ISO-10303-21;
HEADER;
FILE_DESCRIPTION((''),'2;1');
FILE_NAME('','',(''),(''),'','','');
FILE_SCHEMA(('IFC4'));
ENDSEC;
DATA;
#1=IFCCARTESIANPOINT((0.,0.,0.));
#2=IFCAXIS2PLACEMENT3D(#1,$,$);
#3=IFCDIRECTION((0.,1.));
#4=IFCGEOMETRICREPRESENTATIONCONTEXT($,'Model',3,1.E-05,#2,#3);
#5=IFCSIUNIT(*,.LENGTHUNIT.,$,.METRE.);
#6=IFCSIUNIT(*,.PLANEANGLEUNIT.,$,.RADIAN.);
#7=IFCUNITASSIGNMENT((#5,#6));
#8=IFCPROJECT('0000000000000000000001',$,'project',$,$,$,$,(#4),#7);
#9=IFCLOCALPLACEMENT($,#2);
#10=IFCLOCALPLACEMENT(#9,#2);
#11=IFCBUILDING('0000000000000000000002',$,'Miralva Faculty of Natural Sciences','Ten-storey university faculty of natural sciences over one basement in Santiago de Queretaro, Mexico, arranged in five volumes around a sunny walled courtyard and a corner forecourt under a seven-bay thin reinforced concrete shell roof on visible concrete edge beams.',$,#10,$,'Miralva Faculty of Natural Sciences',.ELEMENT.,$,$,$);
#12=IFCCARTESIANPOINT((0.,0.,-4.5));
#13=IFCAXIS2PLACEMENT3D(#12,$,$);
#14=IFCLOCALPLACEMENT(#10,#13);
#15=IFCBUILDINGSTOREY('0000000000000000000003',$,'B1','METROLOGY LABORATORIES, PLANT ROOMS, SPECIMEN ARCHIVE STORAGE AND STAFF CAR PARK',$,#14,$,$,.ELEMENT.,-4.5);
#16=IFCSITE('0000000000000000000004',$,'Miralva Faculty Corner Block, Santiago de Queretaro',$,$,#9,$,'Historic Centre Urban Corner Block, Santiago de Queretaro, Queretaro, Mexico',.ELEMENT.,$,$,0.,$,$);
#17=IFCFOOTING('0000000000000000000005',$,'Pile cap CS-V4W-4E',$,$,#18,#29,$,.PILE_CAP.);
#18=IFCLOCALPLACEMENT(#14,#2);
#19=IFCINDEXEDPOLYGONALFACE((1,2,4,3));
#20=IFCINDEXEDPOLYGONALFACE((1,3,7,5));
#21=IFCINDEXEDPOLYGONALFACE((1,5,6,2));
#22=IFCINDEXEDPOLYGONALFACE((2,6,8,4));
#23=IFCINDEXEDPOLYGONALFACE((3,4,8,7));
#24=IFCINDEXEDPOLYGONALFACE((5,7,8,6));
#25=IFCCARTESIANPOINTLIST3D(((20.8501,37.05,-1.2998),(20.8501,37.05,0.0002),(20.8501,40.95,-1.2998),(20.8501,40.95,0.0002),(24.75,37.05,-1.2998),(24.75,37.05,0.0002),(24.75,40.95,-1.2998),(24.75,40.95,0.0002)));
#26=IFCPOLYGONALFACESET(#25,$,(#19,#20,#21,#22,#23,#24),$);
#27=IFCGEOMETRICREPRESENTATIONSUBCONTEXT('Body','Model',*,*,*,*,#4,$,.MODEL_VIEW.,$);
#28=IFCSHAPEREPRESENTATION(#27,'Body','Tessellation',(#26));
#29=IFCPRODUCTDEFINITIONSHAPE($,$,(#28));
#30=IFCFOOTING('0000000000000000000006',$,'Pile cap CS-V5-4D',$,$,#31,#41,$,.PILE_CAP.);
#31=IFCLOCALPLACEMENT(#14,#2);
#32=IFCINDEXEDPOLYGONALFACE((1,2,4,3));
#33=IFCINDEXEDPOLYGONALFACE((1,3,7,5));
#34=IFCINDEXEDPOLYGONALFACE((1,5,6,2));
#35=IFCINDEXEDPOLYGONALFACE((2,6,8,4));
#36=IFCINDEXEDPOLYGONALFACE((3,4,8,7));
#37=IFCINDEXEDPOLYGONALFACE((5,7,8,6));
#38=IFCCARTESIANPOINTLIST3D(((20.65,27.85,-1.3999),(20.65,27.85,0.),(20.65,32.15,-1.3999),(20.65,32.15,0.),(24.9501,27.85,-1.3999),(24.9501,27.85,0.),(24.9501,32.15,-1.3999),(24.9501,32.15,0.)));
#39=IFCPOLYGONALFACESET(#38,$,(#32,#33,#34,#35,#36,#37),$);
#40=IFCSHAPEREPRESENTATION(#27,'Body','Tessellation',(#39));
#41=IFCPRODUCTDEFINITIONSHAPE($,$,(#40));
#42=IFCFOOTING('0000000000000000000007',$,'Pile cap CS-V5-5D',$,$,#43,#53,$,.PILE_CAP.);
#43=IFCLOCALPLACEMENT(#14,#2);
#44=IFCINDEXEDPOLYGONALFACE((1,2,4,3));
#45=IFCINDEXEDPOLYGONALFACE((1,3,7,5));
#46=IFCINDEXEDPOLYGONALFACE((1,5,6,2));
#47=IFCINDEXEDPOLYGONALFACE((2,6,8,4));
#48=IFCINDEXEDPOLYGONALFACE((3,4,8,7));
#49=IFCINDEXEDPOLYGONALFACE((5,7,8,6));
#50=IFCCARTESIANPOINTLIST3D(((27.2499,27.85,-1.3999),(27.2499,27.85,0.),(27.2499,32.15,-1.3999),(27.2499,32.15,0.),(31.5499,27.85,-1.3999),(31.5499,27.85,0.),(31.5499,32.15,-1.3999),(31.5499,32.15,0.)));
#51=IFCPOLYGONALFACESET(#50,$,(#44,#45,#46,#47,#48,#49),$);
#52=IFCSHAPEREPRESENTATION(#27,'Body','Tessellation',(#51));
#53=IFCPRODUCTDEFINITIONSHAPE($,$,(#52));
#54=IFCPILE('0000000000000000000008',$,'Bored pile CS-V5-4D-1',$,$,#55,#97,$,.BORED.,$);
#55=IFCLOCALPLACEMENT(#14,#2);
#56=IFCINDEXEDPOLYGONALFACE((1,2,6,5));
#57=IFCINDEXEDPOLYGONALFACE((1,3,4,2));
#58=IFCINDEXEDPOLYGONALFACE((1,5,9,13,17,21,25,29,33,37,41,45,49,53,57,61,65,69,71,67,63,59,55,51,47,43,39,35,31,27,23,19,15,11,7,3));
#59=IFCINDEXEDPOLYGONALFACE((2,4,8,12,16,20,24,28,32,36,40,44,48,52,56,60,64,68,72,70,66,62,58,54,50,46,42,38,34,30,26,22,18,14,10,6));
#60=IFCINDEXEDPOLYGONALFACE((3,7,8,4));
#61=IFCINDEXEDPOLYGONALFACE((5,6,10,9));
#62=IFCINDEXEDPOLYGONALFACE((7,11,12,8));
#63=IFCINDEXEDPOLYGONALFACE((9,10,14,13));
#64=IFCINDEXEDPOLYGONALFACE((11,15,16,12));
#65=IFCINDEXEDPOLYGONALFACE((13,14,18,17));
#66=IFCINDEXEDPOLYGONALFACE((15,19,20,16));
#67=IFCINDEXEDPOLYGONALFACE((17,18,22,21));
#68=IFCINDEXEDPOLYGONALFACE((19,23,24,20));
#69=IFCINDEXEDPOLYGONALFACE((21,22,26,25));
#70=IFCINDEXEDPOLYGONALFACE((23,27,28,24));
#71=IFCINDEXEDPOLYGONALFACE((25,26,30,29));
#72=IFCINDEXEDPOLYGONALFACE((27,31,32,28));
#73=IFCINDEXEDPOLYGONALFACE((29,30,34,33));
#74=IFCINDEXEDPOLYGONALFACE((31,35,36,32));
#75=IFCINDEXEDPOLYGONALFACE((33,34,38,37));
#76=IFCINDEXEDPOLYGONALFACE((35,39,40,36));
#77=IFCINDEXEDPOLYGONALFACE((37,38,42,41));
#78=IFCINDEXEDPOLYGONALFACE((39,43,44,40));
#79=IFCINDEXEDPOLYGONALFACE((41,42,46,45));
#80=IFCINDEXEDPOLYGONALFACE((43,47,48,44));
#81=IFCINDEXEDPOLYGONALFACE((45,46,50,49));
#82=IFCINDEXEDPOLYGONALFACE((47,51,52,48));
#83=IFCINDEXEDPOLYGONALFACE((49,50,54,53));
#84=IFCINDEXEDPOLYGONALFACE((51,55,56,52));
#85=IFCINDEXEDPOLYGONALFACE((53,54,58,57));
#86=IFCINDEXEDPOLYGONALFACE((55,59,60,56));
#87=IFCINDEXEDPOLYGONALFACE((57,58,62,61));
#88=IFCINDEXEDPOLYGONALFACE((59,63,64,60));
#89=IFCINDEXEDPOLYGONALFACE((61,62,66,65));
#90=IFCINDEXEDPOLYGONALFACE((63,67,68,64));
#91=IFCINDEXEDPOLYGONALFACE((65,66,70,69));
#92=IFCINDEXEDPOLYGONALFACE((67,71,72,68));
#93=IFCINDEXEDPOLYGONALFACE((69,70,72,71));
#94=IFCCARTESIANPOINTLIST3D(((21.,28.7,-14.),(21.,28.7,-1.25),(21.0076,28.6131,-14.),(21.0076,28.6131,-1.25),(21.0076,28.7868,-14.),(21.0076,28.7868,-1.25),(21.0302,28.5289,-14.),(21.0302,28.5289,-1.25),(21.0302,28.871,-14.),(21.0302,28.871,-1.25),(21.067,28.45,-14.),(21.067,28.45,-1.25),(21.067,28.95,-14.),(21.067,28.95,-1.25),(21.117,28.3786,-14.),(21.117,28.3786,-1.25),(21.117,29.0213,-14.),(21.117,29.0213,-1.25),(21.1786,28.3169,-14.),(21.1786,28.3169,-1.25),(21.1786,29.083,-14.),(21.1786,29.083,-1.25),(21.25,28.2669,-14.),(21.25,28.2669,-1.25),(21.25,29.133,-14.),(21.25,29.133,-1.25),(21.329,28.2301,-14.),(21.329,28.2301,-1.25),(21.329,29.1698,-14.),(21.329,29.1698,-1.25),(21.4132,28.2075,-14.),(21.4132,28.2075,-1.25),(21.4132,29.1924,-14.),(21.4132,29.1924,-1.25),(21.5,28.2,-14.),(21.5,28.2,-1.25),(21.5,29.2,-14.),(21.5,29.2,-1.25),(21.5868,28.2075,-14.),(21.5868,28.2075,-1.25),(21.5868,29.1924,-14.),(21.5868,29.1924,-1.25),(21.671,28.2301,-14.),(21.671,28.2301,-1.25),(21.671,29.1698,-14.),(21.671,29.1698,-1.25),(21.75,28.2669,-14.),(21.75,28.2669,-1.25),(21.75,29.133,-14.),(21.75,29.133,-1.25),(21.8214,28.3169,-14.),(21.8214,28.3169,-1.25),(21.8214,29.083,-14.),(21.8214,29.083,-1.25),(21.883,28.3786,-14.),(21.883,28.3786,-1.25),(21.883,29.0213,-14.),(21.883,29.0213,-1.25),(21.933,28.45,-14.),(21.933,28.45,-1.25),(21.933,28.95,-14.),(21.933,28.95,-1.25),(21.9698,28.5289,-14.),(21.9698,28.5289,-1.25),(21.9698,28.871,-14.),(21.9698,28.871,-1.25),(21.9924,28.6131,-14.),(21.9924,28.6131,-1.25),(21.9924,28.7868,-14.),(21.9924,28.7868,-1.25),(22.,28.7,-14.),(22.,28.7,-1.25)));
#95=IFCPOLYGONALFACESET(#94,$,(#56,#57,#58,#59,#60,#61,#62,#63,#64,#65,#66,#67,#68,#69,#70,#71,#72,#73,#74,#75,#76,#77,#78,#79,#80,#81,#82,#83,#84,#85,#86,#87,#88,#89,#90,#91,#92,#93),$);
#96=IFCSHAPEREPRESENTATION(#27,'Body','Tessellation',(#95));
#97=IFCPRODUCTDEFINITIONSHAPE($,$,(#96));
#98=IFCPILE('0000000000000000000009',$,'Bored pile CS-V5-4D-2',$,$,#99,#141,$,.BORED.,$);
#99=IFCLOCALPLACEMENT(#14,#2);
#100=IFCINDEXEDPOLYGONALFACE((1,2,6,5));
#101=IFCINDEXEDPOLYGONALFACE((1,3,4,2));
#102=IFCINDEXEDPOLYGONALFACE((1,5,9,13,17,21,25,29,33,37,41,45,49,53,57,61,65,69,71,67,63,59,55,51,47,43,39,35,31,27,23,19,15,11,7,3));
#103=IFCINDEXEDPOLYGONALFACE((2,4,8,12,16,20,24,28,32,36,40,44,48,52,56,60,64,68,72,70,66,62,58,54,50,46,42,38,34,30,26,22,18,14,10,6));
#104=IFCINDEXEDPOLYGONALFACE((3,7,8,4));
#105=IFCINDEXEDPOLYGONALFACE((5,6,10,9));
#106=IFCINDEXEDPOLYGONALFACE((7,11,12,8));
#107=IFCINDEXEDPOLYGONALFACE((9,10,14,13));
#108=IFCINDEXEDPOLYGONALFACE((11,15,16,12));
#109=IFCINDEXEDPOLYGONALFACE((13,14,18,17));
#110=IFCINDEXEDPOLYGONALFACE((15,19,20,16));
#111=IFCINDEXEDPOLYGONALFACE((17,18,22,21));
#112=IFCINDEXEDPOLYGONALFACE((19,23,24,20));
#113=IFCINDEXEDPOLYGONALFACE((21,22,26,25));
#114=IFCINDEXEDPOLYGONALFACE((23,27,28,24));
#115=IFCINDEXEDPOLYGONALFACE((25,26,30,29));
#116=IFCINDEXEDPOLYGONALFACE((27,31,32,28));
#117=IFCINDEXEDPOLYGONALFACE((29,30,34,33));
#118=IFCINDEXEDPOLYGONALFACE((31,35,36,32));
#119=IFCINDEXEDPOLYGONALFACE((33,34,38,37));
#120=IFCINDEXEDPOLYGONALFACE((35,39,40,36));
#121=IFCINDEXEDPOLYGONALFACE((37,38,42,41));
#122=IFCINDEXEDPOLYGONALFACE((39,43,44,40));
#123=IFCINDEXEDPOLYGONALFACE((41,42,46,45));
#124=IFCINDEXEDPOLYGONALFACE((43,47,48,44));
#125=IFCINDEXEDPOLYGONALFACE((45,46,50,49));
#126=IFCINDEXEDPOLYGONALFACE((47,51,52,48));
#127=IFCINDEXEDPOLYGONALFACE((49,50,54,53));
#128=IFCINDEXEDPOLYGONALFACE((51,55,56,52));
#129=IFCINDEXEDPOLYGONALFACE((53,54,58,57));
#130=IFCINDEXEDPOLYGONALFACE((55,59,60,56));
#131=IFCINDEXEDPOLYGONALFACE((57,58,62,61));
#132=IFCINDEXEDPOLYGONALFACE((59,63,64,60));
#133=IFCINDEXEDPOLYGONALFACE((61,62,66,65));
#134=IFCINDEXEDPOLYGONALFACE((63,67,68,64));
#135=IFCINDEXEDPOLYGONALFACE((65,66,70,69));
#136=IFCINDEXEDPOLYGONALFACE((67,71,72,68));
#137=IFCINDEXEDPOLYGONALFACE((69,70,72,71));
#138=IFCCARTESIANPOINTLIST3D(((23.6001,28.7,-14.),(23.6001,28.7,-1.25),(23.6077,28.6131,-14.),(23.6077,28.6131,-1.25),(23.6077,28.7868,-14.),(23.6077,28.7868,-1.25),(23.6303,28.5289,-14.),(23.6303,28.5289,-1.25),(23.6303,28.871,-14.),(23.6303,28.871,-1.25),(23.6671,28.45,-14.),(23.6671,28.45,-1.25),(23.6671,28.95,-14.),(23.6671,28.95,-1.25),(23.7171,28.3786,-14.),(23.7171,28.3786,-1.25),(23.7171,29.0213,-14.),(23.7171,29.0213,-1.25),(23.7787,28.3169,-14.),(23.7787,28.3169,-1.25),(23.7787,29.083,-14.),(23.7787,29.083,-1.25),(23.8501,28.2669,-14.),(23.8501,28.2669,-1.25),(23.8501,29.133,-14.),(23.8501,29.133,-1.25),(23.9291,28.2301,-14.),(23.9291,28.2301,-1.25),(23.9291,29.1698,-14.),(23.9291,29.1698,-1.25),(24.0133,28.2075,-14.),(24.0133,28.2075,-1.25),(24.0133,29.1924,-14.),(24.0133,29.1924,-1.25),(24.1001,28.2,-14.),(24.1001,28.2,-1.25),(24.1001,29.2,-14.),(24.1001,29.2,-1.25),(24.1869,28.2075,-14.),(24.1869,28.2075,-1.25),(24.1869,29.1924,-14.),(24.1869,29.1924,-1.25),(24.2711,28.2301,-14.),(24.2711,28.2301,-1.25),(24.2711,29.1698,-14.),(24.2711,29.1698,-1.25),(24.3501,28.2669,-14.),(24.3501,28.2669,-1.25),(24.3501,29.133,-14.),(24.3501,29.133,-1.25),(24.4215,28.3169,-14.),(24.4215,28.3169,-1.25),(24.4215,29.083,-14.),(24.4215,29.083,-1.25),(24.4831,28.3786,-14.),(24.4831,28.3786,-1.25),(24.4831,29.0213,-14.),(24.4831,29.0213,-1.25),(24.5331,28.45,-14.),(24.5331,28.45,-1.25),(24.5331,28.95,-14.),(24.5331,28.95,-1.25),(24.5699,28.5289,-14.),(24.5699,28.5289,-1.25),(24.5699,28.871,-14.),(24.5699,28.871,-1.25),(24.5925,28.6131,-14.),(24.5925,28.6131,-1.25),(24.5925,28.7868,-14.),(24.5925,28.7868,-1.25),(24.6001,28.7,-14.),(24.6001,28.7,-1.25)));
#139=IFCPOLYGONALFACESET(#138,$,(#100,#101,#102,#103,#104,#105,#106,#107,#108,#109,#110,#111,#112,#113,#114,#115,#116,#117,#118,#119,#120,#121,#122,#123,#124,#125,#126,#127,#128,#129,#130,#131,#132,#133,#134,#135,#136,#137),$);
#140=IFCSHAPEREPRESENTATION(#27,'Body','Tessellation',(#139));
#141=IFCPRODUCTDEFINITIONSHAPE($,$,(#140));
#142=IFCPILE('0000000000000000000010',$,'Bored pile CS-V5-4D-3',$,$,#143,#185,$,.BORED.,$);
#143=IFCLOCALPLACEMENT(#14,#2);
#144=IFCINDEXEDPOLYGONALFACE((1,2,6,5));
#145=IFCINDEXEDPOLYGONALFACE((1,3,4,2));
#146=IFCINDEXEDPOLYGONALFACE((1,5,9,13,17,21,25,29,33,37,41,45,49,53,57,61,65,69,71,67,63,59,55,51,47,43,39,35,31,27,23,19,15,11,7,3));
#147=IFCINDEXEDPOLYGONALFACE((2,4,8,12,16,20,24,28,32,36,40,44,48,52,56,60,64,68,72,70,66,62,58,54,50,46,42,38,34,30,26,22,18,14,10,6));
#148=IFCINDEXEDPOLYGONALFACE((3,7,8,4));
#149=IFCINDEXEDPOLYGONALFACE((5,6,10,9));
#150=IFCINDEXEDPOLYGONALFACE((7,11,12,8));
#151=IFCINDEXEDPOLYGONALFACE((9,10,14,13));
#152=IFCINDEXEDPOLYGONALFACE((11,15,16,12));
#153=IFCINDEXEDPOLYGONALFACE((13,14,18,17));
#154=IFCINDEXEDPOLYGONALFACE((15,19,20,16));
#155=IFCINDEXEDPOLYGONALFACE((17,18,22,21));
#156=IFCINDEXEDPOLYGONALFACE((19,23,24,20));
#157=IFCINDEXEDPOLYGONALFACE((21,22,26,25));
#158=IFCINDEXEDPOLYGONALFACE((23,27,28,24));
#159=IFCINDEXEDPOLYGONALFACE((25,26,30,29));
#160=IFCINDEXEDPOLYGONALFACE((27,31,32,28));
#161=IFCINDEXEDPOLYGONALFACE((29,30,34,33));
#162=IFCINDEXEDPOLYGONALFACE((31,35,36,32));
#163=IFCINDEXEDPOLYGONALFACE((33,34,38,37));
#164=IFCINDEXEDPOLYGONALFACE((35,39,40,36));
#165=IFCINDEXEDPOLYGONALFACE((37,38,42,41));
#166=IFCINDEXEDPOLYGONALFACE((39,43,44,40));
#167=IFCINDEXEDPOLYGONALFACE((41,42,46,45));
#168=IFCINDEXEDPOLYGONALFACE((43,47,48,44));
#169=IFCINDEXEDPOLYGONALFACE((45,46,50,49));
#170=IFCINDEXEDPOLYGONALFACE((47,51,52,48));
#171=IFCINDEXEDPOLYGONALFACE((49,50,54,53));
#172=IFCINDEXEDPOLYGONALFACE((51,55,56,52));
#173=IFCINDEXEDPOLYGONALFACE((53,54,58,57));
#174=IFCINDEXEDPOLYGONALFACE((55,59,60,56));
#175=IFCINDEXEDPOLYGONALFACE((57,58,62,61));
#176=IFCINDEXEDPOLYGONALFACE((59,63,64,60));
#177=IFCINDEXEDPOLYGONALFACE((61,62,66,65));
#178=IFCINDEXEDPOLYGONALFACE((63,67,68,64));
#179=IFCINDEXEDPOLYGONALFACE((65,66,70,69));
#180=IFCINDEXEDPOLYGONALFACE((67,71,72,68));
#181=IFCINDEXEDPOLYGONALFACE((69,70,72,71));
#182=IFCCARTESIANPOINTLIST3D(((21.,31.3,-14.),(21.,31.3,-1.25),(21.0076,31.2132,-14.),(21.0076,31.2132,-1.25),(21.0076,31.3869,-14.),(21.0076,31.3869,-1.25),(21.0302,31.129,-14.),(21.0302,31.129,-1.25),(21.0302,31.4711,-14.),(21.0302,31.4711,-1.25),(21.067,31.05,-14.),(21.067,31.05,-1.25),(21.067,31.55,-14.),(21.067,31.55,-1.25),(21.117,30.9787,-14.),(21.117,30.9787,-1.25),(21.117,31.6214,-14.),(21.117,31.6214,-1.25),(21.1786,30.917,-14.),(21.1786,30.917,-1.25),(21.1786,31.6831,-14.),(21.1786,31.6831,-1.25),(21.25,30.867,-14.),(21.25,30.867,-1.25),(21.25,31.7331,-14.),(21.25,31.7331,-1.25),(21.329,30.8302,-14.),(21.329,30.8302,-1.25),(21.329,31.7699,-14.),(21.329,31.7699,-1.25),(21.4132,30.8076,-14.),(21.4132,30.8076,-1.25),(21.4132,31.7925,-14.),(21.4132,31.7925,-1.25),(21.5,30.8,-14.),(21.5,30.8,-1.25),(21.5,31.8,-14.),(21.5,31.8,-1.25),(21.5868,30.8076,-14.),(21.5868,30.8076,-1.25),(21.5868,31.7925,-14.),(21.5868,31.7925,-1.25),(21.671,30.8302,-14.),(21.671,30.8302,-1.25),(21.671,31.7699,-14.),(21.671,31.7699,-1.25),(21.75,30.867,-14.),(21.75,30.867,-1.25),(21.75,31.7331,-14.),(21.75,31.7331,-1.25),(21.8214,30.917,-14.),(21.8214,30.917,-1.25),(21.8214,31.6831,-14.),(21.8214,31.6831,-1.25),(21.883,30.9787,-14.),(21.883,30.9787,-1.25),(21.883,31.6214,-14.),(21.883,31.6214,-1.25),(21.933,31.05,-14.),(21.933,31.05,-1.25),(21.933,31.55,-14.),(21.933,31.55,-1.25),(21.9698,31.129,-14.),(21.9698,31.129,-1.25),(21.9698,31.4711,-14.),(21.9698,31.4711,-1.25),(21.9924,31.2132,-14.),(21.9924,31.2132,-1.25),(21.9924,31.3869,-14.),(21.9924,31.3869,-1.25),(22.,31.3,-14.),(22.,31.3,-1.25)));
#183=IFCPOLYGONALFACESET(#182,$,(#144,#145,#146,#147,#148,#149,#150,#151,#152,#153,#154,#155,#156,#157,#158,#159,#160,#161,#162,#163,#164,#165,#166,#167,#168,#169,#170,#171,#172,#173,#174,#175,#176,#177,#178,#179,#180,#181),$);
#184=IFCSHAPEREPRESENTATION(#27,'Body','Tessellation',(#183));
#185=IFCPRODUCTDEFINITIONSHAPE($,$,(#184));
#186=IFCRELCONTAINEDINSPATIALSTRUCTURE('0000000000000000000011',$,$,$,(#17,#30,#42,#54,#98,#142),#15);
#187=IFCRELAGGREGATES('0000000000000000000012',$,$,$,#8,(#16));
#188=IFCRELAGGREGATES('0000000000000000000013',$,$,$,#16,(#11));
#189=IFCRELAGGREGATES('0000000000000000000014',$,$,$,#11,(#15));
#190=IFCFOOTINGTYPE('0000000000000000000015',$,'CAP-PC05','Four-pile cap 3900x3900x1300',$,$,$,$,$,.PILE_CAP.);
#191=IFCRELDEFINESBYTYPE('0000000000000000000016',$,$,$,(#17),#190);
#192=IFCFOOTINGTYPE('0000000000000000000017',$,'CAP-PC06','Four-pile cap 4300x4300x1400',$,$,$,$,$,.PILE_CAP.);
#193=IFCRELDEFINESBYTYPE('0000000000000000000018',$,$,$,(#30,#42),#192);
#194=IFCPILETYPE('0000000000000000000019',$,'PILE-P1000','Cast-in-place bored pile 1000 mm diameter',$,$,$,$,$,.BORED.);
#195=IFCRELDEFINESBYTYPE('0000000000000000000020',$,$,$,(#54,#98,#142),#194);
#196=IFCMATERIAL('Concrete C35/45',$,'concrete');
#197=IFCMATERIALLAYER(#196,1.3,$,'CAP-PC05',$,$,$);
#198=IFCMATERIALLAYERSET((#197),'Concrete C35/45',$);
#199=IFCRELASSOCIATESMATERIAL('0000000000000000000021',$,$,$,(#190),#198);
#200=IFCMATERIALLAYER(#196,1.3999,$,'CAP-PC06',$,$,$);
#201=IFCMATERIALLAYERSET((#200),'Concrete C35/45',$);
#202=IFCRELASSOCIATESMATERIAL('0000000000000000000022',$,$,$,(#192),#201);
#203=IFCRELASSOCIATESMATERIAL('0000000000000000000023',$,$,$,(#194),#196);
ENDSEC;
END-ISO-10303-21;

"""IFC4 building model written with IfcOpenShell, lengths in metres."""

from ifc_helpers import new_model, si_unit, direction, frame, origin, origin_2d, place, context, subcontext, project, spatial, rectangle, circle, extrude, material, layer, layer_set, material_profile, profile_set, type_object, element, save


model = new_model("IFC4")

# Units and contexts
model_context = context("Model", 3, precision=1e-05, world=origin(), true_north=direction((0.0, 1.0)))
body_context = subcontext(model_context, "Body", "Model", "MODEL_VIEW")
ifc_project = project(units=[si_unit("LENGTHUNIT", "METRE"), si_unit("PLANEANGLEUNIT", "RADIAN")], contexts=[model_context])

# Site, building, storey
site_placement = place(None, origin())
site = spatial("IfcSite", under=ifc_project, at=site_placement, Name="Miralva Faculty Corner Block, Santiago de Queretaro", LongName="Historic Centre Urban Corner Block, Santiago de Queretaro, Queretaro, Mexico", CompositionType="ELEMENT", RefElevation=0.0)
building_placement = place(site_placement, origin())
building = spatial("IfcBuilding", under=site, at=building_placement, Name="Miralva Faculty of Natural Sciences", Description="Ten-storey university faculty of natural sciences over one basement in Santiago de Queretaro, Mexico, arranged in five volumes around a sunny walled courtyard and a corner forecourt under a seven-bay thin reinforced concrete shell roof on visible concrete edge beams.", LongName="Miralva Faculty of Natural Sciences", CompositionType="ELEMENT")
storey_placement = place(building_placement, frame((0.0, 0.0, -4.5)))
storey = spatial("IfcBuildingStorey", under=building, at=storey_placement, Name="B1", Description="METROLOGY LABORATORIES, PLANT ROOMS, SPECIMEN ARCHIVE STORAGE AND STAFF CAR PARK", CompositionType="ELEMENT", Elevation=-4.5)

# Footings
ifc_material_1 = material(Name="Concrete C35/45", Category="concrete")
ifc_layer_1 = layer(ifc_material_1, 1.3, Name="CAP-PC05")
ifc_layer_set_1 = layer_set([ifc_layer_1], Name="Concrete C35/45")
footing_type_1 = type_object("IfcFootingType", Name="CAP-PC05", Description="Four-pile cap 3900x3900x1300", PredefinedType="PILE_CAP", material=ifc_layer_set_1)
footing_1_placement = place(storey_placement, frame((22.8, 39.0, -1.2998), z_axis=(0.0, 0.0, 1.0), x_axis=(1.0, 0.0, 0.0)))
element("IfcFooting", 1, at=footing_1_placement, inside=storey, type_object=footing_type_1, Name="Pile cap CS-V4W-4E", PredefinedType="PILE_CAP", context=body_context, shape_type="SweptSolid", body=[
    extrude(rectangle(XDim=3.8999, YDim=3.8999, at=origin_2d()), origin(), (0.0, 0.0, 1.0), 1.3),
])
ifc_layer_2 = layer(ifc_material_1, 1.3999, Name="CAP-PC06")
ifc_layer_set_2 = layer_set([ifc_layer_2], Name="Concrete C35/45")
footing_type_2 = type_object("IfcFootingType", Name="CAP-PC06", Description="Four-pile cap 4300x4300x1400", PredefinedType="PILE_CAP", material=ifc_layer_set_2)
for number, where, z_axis, x_axis, name in (
    (2, (22.8, 30.0, -1.3999), (0.0, 0.0, 1.0), (1.0, 0.0, 0.0), "Pile cap CS-V5-4D"),
    (3, (29.3999, 30.0, -1.3999), (0.0, 0.0, 1.0), (1.0, 0.0, 0.0), "Pile cap CS-V5-5D"),
):
    element("IfcFooting", number, at=place(storey_placement, frame(where, z_axis=z_axis, x_axis=x_axis)), inside=storey, type_object=footing_type_2, Name=name, PredefinedType="PILE_CAP", context=body_context, shape_type="SweptSolid", body=[
        extrude(rectangle(XDim=4.3, YDim=4.3, at=origin_2d()), origin(), (0.0, 0.0, 1.0), 1.3999),
    ])

# Piles
ifc_material_profile_1 = material_profile(ifc_material_1, circle(Radius=0.5, at=origin_2d()), Name="BORED PILE 1000")
ifc_profile_set_1 = profile_set([ifc_material_profile_1], Name="Concrete C35/45")
pile_type_1 = type_object("IfcPileType", Name="PILE-P1000", Description="Cast-in-place bored pile 1000 mm diameter", PredefinedType="BORED", material=ifc_profile_set_1)
for number, where, z_axis, x_axis, name in (
    (4, (21.5, 28.7, -1.25), (0.0, 0.0, -1.0), (1.0, 0.0, 0.0), "Bored pile CS-V5-4D-1"),
    (5, (24.1001, 28.7, -1.25), (0.0, 0.0, -1.0), (1.0, 0.0, 0.0), "Bored pile CS-V5-4D-2"),
    (6, (21.5, 31.3, -1.25), (0.0, 0.0, -1.0), (1.0, 0.0, 0.0), "Bored pile CS-V5-4D-3"),
):
    element("IfcPile", number, at=place(storey_placement, frame(where, z_axis=z_axis, x_axis=x_axis)), inside=storey, type_object=pile_type_1, Name=name, PredefinedType="BORED", context=body_context, shape_type="SweptSolid", body=[
        extrude(circle(Radius=0.5, at=origin_2d()), origin(), (0.0, 0.0, 1.0), 12.75),
    ])

save(model, "model.ifc")
